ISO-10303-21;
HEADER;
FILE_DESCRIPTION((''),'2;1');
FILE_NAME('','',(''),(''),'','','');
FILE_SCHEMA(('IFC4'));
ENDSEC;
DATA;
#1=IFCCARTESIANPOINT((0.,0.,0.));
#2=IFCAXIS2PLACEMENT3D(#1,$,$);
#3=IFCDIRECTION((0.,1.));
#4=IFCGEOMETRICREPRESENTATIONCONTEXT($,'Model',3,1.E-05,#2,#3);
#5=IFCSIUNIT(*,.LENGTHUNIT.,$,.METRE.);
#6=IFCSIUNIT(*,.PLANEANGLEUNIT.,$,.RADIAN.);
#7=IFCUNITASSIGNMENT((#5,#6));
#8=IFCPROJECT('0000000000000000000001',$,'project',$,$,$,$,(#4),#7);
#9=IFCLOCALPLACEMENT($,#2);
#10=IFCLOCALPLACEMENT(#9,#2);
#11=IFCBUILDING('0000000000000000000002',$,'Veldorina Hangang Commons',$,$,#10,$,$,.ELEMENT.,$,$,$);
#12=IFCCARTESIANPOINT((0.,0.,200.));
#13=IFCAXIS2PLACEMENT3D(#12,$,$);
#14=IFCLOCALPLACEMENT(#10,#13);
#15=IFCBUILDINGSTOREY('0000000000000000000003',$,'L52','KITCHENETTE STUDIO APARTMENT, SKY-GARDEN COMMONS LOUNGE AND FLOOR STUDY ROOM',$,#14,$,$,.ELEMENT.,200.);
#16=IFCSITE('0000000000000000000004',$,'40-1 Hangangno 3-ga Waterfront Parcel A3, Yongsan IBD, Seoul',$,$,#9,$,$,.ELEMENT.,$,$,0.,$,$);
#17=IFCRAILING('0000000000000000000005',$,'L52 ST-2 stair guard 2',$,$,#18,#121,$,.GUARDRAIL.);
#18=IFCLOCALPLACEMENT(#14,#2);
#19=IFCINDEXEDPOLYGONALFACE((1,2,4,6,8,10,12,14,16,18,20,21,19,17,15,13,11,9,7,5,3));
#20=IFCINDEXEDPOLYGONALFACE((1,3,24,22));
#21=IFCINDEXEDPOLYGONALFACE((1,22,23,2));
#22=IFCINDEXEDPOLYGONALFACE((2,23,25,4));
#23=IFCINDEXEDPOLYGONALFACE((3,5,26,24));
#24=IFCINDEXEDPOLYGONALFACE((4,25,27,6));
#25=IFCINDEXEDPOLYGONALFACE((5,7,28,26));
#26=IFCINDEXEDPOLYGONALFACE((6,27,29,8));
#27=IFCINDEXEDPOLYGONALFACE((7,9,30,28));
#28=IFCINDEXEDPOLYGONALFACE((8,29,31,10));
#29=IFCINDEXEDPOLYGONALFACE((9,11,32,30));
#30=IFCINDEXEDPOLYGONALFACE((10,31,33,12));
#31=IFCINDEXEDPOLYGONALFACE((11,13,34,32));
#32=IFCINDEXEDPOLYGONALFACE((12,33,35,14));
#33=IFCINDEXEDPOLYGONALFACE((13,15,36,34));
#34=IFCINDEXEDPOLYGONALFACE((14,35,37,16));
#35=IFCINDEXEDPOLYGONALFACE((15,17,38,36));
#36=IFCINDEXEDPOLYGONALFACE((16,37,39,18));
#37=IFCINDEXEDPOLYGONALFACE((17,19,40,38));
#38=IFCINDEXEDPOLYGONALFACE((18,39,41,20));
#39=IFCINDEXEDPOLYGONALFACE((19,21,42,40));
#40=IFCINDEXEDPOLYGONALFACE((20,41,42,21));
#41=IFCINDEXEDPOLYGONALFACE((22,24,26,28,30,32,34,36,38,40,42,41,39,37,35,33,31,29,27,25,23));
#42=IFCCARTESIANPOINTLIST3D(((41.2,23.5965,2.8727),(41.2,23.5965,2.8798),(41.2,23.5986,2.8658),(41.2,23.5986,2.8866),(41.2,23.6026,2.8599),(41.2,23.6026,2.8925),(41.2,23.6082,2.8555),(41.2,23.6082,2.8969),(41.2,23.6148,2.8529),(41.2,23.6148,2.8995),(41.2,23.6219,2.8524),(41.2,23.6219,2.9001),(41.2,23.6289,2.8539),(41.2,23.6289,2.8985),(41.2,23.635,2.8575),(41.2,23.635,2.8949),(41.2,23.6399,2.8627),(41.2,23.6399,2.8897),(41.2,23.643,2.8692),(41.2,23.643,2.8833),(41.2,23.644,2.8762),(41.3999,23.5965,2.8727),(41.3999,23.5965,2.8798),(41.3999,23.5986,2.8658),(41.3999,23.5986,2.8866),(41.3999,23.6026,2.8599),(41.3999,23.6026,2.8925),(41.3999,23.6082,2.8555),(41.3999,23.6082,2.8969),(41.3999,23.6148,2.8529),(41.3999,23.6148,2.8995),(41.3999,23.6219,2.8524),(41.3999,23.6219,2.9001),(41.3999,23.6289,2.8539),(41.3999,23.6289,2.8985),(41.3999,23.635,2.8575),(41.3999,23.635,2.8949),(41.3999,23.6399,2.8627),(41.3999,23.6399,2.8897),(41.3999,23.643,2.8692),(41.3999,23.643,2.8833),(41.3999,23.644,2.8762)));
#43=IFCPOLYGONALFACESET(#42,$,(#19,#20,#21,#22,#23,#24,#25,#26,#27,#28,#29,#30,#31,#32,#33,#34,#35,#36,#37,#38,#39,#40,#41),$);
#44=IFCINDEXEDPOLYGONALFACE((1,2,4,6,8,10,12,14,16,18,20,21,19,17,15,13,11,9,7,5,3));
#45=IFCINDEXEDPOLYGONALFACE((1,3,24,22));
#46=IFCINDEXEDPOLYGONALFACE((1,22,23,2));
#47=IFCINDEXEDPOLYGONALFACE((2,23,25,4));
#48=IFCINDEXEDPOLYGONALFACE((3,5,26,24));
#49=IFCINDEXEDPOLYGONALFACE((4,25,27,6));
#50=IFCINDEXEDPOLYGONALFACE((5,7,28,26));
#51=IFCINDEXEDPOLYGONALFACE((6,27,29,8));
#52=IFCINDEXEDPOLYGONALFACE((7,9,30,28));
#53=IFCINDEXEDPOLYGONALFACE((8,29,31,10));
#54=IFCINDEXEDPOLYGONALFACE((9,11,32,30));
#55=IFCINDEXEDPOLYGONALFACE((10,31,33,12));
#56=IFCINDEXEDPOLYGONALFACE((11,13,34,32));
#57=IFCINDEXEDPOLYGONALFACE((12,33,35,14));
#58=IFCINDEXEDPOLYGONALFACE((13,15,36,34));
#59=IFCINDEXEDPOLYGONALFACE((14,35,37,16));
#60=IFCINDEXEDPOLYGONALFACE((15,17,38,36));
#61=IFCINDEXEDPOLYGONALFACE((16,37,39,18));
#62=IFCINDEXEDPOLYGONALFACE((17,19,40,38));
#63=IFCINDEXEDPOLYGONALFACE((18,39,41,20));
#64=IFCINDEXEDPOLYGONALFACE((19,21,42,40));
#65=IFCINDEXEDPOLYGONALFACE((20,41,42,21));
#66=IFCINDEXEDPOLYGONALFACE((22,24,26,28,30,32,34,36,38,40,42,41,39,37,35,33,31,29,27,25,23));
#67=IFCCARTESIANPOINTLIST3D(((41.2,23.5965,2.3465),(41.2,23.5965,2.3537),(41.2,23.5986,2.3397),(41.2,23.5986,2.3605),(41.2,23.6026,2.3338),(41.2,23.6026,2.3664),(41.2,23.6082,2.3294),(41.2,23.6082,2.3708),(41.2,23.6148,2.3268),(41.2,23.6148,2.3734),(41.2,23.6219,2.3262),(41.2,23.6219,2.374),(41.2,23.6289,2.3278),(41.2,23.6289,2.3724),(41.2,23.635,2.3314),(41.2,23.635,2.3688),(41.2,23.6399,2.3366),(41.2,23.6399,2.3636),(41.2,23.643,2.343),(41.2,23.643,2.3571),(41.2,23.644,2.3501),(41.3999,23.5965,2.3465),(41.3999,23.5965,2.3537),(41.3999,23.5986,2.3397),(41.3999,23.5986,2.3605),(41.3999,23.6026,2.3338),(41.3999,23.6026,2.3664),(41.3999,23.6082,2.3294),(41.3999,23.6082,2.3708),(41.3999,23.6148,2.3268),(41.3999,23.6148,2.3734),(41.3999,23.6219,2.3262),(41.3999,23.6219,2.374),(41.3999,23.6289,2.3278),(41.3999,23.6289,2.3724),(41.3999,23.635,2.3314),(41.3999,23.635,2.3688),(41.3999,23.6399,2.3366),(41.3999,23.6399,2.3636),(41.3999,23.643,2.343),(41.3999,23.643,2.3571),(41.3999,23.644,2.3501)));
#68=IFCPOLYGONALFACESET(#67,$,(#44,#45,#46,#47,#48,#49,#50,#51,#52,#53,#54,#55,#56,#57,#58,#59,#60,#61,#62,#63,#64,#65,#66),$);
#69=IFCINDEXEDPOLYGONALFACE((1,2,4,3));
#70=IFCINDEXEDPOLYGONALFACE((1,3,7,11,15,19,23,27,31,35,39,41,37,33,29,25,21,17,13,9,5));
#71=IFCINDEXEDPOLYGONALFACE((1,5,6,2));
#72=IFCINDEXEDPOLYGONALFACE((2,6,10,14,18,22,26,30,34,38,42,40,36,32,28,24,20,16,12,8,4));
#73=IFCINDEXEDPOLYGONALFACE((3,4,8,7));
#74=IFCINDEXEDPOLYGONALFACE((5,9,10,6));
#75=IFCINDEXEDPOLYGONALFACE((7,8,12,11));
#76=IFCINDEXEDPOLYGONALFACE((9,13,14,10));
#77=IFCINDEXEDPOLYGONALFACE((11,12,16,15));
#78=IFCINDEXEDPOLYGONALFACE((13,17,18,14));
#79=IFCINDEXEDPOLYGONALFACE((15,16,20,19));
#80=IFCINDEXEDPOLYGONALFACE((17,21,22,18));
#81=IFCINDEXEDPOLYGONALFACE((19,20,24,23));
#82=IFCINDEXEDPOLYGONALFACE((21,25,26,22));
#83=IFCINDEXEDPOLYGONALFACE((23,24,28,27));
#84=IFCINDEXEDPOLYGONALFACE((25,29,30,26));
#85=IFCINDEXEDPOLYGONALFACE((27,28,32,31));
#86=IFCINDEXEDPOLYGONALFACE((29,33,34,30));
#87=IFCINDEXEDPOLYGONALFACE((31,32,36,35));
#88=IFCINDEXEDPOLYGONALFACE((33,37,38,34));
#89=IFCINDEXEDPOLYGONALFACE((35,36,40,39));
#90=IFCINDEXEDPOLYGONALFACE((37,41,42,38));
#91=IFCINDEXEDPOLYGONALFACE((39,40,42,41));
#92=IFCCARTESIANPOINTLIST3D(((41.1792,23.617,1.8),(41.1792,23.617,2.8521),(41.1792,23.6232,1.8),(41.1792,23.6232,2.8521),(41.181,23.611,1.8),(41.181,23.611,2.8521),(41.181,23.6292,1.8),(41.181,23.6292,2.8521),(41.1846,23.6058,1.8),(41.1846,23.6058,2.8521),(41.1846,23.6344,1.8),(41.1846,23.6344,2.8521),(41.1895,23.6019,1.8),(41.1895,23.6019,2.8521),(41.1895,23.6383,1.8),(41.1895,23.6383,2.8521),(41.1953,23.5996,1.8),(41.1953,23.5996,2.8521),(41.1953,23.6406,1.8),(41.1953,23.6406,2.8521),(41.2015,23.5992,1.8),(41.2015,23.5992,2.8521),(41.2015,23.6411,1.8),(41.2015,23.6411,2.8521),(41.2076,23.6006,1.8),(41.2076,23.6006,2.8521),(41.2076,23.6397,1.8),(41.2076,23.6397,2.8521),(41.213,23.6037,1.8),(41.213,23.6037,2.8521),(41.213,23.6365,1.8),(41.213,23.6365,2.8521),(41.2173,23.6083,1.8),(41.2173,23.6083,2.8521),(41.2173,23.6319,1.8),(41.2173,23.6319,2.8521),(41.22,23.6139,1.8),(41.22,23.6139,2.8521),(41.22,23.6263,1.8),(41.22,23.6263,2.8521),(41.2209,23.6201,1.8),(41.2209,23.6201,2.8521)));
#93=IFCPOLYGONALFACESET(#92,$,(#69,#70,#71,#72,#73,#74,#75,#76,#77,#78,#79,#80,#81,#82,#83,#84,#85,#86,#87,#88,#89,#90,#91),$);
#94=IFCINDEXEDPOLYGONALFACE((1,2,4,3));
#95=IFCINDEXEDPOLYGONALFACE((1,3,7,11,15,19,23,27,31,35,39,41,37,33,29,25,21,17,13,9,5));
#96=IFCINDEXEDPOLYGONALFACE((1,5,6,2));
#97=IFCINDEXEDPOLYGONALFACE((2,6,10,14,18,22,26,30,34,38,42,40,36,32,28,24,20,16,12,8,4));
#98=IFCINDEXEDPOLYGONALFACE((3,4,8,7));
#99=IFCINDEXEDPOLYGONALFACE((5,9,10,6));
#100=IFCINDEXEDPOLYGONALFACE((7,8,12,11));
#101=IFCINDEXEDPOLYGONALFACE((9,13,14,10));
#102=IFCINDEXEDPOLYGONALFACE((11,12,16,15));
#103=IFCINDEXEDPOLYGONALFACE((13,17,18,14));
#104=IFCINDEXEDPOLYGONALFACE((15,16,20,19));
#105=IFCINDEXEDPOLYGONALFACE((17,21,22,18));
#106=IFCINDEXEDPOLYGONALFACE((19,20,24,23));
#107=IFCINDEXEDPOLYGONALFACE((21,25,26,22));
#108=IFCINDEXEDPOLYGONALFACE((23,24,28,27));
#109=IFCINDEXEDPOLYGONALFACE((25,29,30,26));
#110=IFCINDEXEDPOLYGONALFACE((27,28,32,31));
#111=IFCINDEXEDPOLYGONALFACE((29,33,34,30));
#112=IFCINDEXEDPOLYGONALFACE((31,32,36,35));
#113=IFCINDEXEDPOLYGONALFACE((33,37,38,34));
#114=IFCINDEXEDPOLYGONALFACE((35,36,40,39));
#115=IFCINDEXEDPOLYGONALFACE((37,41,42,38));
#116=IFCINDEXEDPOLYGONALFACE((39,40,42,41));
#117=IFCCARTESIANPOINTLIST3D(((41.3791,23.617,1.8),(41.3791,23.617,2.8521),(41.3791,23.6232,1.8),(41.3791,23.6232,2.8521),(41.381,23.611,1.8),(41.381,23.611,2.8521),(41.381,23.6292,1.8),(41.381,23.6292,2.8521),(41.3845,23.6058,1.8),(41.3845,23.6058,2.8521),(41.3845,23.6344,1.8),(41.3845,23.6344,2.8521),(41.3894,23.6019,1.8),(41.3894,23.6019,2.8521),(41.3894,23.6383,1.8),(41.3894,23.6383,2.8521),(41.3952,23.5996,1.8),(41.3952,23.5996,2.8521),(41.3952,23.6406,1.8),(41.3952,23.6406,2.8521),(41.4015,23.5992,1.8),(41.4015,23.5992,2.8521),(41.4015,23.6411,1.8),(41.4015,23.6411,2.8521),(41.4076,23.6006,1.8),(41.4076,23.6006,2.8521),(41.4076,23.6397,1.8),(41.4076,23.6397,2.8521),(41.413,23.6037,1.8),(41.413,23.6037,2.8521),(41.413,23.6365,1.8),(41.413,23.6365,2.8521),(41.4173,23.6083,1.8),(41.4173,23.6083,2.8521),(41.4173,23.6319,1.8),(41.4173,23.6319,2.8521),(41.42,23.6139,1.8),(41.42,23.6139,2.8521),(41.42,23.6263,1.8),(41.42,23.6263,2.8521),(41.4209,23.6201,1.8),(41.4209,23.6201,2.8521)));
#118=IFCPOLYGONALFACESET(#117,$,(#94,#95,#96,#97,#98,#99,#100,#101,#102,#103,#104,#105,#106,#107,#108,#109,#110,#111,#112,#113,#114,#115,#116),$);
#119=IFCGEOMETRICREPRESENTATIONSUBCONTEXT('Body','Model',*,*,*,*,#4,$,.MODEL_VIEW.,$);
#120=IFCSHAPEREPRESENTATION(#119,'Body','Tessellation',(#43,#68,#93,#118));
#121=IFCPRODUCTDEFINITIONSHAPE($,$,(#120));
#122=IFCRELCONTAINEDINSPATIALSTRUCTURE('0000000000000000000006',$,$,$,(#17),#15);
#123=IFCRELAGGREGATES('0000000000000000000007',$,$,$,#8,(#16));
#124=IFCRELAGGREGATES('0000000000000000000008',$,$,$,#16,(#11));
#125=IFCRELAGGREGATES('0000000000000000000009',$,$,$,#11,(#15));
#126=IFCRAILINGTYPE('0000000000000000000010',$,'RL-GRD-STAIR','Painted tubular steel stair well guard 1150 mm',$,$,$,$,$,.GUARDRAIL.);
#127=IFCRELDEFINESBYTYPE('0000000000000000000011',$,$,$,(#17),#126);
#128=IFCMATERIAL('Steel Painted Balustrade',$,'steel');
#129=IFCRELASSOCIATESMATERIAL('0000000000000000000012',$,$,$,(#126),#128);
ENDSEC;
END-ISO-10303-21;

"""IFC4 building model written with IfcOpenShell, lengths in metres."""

from ifc_helpers import new_model, si_unit, direction, frame, origin, origin_2d, place, context, subcontext, project, spatial, circle, extrude, material, type_object, element, save


model = new_model("IFC4")

# Units and contexts
model_context = context("Model", 3, precision=1e-05, world=origin(), true_north=direction((0.0, 1.0)))
body_context = subcontext(model_context, "Body", "Model", "MODEL_VIEW")
ifc_project = project(units=[si_unit("LENGTHUNIT", "METRE"), si_unit("PLANEANGLEUNIT", "RADIAN")], contexts=[model_context])

# Site, building, storey
site_placement = place(None, origin())
site = spatial("IfcSite", under=ifc_project, at=site_placement, Name="40-1 Hangangno 3-ga Waterfront Parcel A3, Yongsan IBD, Seoul", CompositionType="ELEMENT", RefElevation=0.0)
building_placement = place(site_placement, origin())
building = spatial("IfcBuilding", under=site, at=building_placement, Name="Veldorina Hangang Commons", CompositionType="ELEMENT")
storey_placement = place(building_placement, frame((0.0, 0.0, 200.0)))
storey = spatial("IfcBuildingStorey", under=building, at=storey_placement, Name="L52", Description="KITCHENETTE STUDIO APARTMENT, SKY-GARDEN COMMONS LOUNGE AND FLOOR STUDY ROOM", CompositionType="ELEMENT", Elevation=200.0)

# Railing
ifc_material_1 = material(Name="Steel Painted Balustrade", Category="steel")
railing_type_1 = type_object("IfcRailingType", Name="RL-GRD-STAIR", Description="Painted tubular steel stair well guard 1150 mm", PredefinedType="GUARDRAIL", material=ifc_material_1)
railing_1_placement = place(storey_placement, frame((41.2, 23.6201, 1.8)))
element("IfcRailing", 1, at=railing_1_placement, inside=storey, type_object=railing_type_1, Name="L52 ST-2 stair guard 2", PredefinedType="GUARDRAIL", context=body_context, shape_type="SweptSolid", body=[
    extrude(circle(Radius=0.0239, at=origin_2d()), frame((0.0, 0.0, 1.0762), z_axis=(1.0, 0.0, 0.0), x_axis=(0.0, 1.0, 0.0)), (0.0, 0.0, 1.0), 0.2),
    extrude(circle(Radius=0.0239, at=origin_2d()), frame((0.0, 0.0, 0.55), z_axis=(1.0, 0.0, 0.0), x_axis=(0.0, 1.0, 0.0)), (0.0, 0.0, 1.0), 0.2),
    extrude(circle(Radius=0.021, at=origin_2d()), origin(), (0.0, 0.0, 1.0), 1.052),
    extrude(circle(Radius=0.021, at=origin_2d()), frame((0.2, 0.0, 0.0)), (0.0, 0.0, 1.0), 1.052),
])

save(model, "model.ifc")
